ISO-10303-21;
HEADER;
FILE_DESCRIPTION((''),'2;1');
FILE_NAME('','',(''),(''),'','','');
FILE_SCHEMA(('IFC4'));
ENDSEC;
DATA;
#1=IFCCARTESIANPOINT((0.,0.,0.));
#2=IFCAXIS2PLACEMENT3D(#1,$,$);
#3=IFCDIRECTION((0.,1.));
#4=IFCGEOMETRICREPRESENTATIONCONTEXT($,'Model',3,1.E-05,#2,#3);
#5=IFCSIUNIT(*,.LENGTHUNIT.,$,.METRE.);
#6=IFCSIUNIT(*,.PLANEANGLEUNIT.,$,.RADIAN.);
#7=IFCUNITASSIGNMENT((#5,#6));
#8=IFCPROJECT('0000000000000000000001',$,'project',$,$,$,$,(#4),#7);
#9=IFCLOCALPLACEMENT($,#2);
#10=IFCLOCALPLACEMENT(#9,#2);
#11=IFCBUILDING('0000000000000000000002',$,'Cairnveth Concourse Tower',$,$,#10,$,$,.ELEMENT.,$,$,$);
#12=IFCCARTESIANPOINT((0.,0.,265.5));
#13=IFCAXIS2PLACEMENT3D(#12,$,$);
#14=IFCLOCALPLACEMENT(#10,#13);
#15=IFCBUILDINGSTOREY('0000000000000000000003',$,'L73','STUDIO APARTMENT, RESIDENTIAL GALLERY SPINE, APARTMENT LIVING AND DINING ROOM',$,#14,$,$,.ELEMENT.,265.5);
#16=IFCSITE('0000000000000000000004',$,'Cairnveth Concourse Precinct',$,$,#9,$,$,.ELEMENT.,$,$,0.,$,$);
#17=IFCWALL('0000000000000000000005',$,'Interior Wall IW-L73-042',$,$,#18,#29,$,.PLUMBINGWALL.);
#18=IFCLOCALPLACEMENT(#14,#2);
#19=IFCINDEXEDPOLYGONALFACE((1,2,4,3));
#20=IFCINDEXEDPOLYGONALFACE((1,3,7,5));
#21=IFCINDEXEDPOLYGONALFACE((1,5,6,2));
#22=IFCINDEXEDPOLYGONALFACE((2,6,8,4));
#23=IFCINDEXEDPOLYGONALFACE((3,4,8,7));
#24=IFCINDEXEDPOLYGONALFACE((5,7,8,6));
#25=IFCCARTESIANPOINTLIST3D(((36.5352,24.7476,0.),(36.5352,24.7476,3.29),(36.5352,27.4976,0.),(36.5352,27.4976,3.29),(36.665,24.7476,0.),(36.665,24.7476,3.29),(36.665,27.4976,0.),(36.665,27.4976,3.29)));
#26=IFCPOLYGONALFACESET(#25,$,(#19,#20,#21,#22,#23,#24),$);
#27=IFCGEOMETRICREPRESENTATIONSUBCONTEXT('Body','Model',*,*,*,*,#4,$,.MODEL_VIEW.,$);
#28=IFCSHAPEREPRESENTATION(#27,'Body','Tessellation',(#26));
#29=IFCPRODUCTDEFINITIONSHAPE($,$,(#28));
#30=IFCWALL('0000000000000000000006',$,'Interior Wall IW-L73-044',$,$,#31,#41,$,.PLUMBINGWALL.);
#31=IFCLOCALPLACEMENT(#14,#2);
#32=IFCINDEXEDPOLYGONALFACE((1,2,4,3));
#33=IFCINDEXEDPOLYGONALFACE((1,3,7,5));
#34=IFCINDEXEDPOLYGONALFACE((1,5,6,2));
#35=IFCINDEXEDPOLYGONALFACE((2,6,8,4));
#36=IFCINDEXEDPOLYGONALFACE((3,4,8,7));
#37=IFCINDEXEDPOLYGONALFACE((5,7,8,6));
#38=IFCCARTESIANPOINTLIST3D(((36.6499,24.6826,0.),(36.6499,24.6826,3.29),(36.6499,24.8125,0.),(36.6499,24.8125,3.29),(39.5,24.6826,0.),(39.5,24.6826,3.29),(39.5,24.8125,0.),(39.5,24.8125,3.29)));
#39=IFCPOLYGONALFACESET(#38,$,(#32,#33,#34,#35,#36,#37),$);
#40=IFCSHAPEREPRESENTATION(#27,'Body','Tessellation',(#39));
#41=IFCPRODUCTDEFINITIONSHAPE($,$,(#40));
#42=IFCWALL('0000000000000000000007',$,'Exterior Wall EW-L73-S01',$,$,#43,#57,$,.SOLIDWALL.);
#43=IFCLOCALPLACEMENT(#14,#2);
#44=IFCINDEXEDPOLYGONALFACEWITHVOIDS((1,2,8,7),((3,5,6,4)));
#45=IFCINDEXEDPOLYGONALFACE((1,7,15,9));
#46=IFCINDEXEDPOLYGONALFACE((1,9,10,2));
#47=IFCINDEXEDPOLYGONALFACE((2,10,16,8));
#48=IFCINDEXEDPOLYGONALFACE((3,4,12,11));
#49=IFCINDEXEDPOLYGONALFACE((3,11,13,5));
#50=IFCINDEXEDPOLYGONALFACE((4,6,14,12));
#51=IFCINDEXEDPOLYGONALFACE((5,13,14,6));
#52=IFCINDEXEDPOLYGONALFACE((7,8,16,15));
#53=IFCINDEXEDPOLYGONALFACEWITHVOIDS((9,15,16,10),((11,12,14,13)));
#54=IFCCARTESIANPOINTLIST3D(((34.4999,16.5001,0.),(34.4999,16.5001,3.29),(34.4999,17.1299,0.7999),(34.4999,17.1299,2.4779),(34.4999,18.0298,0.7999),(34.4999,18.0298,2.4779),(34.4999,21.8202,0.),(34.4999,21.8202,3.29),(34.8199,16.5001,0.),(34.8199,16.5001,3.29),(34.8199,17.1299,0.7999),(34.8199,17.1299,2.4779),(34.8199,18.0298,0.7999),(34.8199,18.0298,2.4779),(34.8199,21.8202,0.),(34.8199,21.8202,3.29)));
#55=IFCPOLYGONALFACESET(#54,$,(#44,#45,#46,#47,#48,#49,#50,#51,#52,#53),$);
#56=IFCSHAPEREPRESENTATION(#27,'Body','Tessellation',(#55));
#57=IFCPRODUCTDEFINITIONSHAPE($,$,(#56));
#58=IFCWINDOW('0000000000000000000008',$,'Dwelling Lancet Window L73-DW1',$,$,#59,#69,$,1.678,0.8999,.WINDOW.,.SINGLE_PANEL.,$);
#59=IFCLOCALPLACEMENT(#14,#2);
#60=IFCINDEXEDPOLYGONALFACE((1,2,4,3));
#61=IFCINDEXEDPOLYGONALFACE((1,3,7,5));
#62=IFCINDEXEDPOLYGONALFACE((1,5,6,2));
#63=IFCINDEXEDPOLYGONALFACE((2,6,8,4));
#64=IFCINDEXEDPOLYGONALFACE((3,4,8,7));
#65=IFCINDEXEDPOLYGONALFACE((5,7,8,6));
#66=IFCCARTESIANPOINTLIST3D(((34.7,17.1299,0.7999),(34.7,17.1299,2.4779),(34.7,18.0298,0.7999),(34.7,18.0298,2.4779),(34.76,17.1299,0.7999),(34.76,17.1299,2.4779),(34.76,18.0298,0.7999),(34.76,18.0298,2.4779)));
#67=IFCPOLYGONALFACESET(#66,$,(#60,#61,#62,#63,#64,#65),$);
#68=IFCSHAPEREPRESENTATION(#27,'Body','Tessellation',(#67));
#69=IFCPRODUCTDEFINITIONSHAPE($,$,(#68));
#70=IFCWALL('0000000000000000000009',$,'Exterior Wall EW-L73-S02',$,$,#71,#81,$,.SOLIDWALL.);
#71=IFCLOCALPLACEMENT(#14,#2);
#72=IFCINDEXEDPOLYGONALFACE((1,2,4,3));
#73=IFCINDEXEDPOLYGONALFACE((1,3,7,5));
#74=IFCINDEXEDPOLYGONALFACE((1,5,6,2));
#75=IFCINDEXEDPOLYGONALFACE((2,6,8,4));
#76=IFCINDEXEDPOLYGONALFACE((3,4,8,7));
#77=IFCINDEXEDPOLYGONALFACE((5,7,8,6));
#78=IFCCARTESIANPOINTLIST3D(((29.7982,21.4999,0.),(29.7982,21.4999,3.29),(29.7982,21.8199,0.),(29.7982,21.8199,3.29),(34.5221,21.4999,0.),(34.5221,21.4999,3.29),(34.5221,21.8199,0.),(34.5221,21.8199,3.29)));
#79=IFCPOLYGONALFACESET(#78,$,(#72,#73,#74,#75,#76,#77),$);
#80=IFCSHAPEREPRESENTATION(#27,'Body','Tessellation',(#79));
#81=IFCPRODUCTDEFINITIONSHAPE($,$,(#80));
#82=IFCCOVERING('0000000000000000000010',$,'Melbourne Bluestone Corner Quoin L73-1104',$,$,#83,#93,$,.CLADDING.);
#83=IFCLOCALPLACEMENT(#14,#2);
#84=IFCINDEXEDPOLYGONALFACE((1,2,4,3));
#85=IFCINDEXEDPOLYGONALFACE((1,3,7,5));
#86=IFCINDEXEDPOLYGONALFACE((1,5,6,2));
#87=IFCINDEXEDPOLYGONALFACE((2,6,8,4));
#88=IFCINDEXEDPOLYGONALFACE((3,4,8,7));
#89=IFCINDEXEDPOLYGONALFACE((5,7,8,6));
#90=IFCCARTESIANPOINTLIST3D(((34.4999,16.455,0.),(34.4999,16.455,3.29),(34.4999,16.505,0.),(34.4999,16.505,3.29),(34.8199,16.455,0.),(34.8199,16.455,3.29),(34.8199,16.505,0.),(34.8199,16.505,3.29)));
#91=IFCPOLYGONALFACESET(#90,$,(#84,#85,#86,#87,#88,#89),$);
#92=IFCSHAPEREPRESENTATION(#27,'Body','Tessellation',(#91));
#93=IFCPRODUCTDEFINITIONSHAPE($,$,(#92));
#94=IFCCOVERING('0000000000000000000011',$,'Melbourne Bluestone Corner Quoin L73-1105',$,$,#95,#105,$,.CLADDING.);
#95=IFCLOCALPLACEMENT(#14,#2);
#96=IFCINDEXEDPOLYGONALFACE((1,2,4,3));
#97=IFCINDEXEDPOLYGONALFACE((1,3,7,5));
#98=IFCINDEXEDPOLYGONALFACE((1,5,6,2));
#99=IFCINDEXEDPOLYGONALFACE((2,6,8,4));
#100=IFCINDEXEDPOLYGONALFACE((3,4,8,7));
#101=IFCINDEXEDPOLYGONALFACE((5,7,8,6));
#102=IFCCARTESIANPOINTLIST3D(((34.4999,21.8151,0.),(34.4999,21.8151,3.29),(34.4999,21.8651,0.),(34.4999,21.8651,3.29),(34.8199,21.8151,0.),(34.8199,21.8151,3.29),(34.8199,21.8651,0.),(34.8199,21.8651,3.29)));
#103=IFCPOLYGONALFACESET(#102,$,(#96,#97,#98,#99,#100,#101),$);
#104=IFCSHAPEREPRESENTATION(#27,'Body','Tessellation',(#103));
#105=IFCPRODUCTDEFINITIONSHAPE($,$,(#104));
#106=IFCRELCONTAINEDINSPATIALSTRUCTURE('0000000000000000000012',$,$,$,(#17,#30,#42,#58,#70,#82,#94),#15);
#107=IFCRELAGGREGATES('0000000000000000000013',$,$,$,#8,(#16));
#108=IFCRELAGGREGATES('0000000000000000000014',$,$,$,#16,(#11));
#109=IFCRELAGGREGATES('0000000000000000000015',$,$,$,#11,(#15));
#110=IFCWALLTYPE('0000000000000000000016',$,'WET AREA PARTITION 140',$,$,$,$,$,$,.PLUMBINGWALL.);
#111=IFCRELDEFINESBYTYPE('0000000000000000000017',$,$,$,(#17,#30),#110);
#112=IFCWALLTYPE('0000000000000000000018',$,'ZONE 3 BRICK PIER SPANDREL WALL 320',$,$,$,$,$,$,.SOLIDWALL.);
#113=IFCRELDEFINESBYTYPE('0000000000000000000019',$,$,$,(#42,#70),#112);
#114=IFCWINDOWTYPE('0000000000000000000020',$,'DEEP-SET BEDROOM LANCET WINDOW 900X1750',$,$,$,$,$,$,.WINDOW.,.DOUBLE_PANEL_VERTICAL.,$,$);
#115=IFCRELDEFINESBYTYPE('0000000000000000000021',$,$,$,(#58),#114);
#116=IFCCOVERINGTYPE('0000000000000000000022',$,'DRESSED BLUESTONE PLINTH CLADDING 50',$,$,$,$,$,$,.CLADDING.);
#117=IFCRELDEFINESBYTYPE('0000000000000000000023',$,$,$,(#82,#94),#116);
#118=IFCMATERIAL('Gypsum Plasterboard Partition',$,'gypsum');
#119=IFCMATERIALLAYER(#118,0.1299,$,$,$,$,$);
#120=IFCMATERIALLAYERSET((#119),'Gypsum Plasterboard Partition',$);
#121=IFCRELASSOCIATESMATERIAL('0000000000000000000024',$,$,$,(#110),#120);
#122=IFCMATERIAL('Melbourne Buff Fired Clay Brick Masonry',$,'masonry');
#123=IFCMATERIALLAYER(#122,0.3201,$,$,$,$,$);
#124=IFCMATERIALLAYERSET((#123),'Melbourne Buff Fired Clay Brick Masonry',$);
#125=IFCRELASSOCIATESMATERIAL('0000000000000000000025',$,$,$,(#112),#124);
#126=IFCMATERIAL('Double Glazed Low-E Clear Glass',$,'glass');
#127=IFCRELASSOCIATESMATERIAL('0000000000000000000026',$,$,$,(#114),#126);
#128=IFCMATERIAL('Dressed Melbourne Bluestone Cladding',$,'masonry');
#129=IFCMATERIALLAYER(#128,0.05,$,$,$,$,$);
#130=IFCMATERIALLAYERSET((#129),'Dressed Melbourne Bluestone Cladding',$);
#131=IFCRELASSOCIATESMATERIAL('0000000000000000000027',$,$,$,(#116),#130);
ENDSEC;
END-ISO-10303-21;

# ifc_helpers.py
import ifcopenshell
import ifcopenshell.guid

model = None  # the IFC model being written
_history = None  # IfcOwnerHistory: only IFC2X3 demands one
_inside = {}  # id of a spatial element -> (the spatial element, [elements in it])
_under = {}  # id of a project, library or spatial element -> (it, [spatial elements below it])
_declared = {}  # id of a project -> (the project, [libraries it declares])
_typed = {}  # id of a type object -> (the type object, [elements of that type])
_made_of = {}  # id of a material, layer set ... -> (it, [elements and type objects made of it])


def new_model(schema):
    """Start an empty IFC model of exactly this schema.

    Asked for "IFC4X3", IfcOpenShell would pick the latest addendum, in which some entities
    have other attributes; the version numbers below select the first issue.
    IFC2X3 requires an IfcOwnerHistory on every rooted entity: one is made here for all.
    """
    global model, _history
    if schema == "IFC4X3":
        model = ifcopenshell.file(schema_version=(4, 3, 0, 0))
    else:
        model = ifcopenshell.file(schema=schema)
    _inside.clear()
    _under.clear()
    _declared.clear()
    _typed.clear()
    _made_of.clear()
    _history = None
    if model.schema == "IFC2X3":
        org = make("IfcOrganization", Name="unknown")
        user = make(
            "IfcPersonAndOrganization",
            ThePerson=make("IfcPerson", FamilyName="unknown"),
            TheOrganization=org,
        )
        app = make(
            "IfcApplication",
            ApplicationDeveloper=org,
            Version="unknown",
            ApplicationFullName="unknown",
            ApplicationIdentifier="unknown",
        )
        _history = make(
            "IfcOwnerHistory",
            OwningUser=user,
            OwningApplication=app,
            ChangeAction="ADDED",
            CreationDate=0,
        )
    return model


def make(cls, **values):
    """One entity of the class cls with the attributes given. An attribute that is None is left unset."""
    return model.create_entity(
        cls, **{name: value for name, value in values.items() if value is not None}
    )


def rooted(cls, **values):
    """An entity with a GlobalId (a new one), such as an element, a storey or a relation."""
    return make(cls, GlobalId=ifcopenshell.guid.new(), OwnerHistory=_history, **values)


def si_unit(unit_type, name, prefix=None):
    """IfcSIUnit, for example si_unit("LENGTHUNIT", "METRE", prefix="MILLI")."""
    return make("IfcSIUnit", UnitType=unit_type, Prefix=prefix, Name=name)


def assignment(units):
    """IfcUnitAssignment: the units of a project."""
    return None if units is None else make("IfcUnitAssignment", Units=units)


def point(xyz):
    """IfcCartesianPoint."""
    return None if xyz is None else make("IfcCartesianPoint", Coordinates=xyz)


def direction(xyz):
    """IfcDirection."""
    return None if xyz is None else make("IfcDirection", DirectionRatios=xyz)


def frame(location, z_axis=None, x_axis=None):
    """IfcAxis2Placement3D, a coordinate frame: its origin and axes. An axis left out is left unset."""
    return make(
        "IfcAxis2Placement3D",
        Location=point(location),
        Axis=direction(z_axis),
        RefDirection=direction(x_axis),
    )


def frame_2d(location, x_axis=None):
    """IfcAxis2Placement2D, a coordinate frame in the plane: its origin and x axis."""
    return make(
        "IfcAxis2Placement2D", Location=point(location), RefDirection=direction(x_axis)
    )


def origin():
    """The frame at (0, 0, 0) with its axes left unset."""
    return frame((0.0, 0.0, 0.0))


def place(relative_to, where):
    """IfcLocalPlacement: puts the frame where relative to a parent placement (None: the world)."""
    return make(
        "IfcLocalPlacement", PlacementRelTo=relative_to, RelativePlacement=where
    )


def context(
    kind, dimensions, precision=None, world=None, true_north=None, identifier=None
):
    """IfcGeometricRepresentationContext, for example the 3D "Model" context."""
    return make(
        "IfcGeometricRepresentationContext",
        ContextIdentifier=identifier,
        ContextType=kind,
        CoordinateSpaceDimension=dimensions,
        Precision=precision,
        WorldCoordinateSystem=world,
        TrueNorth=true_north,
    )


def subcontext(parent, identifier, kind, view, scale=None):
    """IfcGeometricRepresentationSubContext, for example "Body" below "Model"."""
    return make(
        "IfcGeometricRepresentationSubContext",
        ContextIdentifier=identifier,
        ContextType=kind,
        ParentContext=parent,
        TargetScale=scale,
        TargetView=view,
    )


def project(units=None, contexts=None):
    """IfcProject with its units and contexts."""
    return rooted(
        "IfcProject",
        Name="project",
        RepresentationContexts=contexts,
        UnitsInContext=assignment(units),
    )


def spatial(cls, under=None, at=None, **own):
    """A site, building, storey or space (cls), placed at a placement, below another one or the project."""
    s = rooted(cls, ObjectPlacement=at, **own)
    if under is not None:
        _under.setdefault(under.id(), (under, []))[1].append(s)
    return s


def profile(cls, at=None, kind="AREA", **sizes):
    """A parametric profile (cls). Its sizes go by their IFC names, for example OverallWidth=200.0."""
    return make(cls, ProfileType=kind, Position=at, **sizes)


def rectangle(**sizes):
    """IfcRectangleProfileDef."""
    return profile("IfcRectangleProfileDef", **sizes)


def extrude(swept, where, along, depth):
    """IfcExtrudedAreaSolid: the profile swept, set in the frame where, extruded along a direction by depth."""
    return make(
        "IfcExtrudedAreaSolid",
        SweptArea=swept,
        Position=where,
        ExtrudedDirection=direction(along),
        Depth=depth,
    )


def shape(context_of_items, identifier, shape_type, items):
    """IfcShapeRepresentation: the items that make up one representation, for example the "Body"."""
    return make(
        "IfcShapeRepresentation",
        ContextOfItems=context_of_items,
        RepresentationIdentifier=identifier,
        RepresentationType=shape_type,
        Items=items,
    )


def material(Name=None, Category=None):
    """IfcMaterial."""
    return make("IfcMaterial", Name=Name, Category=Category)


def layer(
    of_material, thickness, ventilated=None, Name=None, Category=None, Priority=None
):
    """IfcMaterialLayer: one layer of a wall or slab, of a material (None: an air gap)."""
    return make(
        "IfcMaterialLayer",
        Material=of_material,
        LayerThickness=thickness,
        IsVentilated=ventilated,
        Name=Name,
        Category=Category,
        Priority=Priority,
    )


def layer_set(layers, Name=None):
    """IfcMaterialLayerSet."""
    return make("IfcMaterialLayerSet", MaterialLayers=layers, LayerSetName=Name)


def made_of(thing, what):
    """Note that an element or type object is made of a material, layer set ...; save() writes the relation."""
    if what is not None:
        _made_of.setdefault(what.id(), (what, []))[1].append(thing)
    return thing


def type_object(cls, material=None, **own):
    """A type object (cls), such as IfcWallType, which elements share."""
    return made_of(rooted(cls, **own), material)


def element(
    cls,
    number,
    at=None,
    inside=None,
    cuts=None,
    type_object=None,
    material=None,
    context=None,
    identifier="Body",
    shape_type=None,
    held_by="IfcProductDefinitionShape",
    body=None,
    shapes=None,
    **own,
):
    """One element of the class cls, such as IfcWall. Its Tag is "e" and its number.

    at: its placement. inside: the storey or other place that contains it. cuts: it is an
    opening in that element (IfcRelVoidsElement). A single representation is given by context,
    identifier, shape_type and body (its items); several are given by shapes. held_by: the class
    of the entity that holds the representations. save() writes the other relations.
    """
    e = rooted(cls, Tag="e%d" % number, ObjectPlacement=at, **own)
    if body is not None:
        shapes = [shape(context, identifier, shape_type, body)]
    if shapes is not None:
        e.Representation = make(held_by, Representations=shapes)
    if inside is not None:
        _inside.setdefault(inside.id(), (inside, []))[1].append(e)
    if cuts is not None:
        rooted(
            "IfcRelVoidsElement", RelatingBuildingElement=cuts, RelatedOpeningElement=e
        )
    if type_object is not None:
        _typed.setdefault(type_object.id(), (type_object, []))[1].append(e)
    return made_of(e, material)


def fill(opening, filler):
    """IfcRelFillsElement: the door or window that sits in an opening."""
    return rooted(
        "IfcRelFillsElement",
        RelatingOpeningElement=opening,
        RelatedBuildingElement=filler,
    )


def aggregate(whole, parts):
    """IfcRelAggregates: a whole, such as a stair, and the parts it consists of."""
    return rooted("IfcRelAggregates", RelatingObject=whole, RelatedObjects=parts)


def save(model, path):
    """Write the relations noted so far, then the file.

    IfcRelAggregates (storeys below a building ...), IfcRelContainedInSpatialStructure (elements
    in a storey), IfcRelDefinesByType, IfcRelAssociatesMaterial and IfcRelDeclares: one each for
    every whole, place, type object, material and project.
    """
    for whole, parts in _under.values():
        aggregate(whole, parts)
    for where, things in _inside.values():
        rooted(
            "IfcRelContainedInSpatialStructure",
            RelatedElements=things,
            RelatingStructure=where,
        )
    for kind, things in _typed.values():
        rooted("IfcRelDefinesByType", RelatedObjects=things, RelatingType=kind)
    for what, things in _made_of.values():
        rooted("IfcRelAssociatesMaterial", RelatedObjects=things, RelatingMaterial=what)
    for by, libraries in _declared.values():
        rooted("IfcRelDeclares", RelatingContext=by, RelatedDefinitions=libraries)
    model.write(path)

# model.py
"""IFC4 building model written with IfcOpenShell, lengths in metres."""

from ifc_helpers import new_model, si_unit, direction, frame, frame_2d, origin, place, context, subcontext, project, spatial, rectangle, extrude, material, layer, layer_set, type_object, element, fill, save


model = new_model("IFC4")

# Units and contexts
model_context = context("Model", 3, precision=1e-05, world=origin(), true_north=direction((0.0, 1.0)))
body_context = subcontext(model_context, "Body", "Model", "MODEL_VIEW")
ifc_project = project(units=[si_unit("LENGTHUNIT", "METRE"), si_unit("PLANEANGLEUNIT", "RADIAN")], contexts=[model_context])

# Site, building, storey
site_placement = place(None, origin())
site = spatial("IfcSite", under=ifc_project, at=site_placement, Name="Cairnveth Concourse Precinct", CompositionType="ELEMENT", RefElevation=0.0)
building_placement = place(site_placement, origin())
building = spatial("IfcBuilding", under=site, at=building_placement, Name="Cairnveth Concourse Tower", CompositionType="ELEMENT")
storey_placement = place(building_placement, frame((0.0, 0.0, 265.5)))
storey = spatial("IfcBuildingStorey", under=building, at=storey_placement, Name="L73", Description="STUDIO APARTMENT, RESIDENTIAL GALLERY SPINE, APARTMENT LIVING AND DINING ROOM", CompositionType="ELEMENT", Elevation=265.5)

# Shared definitions
ifc_material_1 = material(Name="Gypsum Plasterboard Partition", Category="gypsum")

# Walls
ifc_layer_1 = layer(ifc_material_1, 0.1299)
ifc_layer_set_1 = layer_set([ifc_layer_1], Name="Gypsum Plasterboard Partition")
wall_type_1 = type_object("IfcWallType", Name="WET AREA PARTITION 140", PredefinedType="PLUMBINGWALL", material=ifc_layer_set_1)
wall_1_placement = place(storey_placement, frame((36.6001, 24.7476, 0.0), z_axis=(0.0, 0.0, 1.0), x_axis=(0.0, 1.0, 0.0)))
element("IfcWall", 1, at=wall_1_placement, inside=storey, type_object=wall_type_1, Name="Interior Wall IW-L73-042", PredefinedType="PLUMBINGWALL", context=body_context, shape_type="SweptSolid", body=[
    extrude(rectangle(XDim=2.75, YDim=0.1299, at=frame_2d((1.375, 0.0))), origin(), (0.0, 0.0, 1.0), 3.29),
])
wall_2_placement = place(storey_placement, frame((36.6499, 24.7476, 0.0), z_axis=(0.0, 0.0, 1.0), x_axis=(1.0, 0.0, 0.0)))
element("IfcWall", 2, at=wall_2_placement, inside=storey, type_object=wall_type_1, Name="Interior Wall IW-L73-044", PredefinedType="PLUMBINGWALL", context=body_context, shape_type="SweptSolid", body=[
    extrude(rectangle(XDim=2.8501, YDim=0.1299, at=frame_2d((1.425, 0.0))), origin(), (0.0, 0.0, 1.0), 3.29),
])

# Wall, opening, window
ifc_material_2 = material(Name="Melbourne Buff Fired Clay Brick Masonry", Category="masonry")
ifc_layer_2 = layer(ifc_material_2, 0.3201)
ifc_layer_set_2 = layer_set([ifc_layer_2], Name="Melbourne Buff Fired Clay Brick Masonry")
wall_type_2 = type_object("IfcWallType", Name="ZONE 3 BRICK PIER SPANDREL WALL 320", PredefinedType="SOLIDWALL", material=ifc_layer_set_2)
wall_3_placement = place(storey_placement, frame((34.6599, 16.5, 0.0), z_axis=(0.0, 0.0, 1.0), x_axis=(0.0, 1.0, 0.0)))
wall_3 = element("IfcWall", 3, at=wall_3_placement, inside=storey, type_object=wall_type_2, Name="Exterior Wall EW-L73-S01", PredefinedType="SOLIDWALL", context=body_context, shape_type="SweptSolid", body=[
    extrude(rectangle(XDim=5.3201, YDim=0.3201, at=frame_2d((2.6602, 0.0))), origin(), (0.0, 0.0, 1.0), 3.29),
])
opening_1_placement = place(wall_3_placement, frame((0.6299, 0.0, 0.8)))
opening_1 = element("IfcOpeningElement", 4, at=opening_1_placement, cuts=wall_3, PredefinedType="OPENING", context=body_context, shape_type="SweptSolid", body=[
    extrude(rectangle(XDim=0.8999, YDim=1.678, at=frame_2d((0.45, 0.8389))), frame((0.0, 0.1699, 0.0), z_axis=(0.0, -1.0, 0.0), x_axis=(1.0, 0.0, 0.0)), (0.0, 0.0, 1.0), 0.3401),
])
ifc_material_3 = material(Name="Double Glazed Low-E Clear Glass", Category="glass")
window_type = type_object("IfcWindowType", Name="DEEP-SET BEDROOM LANCET WINDOW 900X1750", PartitioningType="DOUBLE_PANEL_VERTICAL", PredefinedType="WINDOW", material=ifc_material_3)
window_placement = place(opening_1_placement, origin())
window = element("IfcWindow", 5, at=window_placement, inside=storey, type_object=window_type, Name="Dwelling Lancet Window L73-DW1", OverallHeight=1.678, OverallWidth=0.8999, PartitioningType="SINGLE_PANEL", PredefinedType="WINDOW", context=body_context, shape_type="SweptSolid", body=[
    extrude(rectangle(XDim=0.8999, YDim=1.678, at=frame_2d((0.45, 0.8389))), frame((0.0, -0.04, 0.0), z_axis=(0.0, -1.0, 0.0), x_axis=(1.0, 0.0, 0.0)), (0.0, 0.0, 1.0), 0.0601),
])
fill(opening_1, window)

# Wall
wall_4_placement = place(storey_placement, frame((34.522, 21.6599, 0.0), z_axis=(0.0, 0.0, 1.0), x_axis=(-1.0, 0.0, 0.0)))
element("IfcWall", 6, at=wall_4_placement, inside=storey, type_object=wall_type_2, Name="Exterior Wall EW-L73-S02", PredefinedType="SOLIDWALL", context=body_context, shape_type="SweptSolid", body=[
    extrude(rectangle(XDim=4.7239, YDim=0.3201, at=frame_2d((2.3618, 0.0))), origin(), (0.0, 0.0, 1.0), 3.29),
])

# Coverings
ifc_material_4 = material(Name="Dressed Melbourne Bluestone Cladding", Category="masonry")
ifc_layer_3 = layer(ifc_material_4, 0.05)
ifc_layer_set_3 = layer_set([ifc_layer_3], Name="Dressed Melbourne Bluestone Cladding")
covering_type = type_object("IfcCoveringType", Name="DRESSED BLUESTONE PLINTH CLADDING 50", PredefinedType="CLADDING", material=ifc_layer_set_3)
for number, where, z_axis, x_axis, name in (
    (7, (34.8201, 16.48, 0.0), (0.0, 0.0, 1.0), (-1.0, 0.0, 0.0), "Melbourne Bluestone Corner Quoin L73-1104"),
    (8, (34.8201, 21.8401, 0.0), (0.0, 0.0, 1.0), (-1.0, 0.0, 0.0), "Melbourne Bluestone Corner Quoin L73-1105"),
):
    element("IfcCovering", number, at=place(storey_placement, frame(where, z_axis=z_axis, x_axis=x_axis)), inside=storey, type_object=covering_type, Name=name, PredefinedType="CLADDING", context=body_context, shape_type="SweptSolid", body=[
        extrude(rectangle(XDim=0.3201, YDim=0.05, at=frame_2d((0.1602, 0.0))), origin(), (0.0, 0.0, 1.0), 3.29),
    ])

save(model, "model.ifc")
